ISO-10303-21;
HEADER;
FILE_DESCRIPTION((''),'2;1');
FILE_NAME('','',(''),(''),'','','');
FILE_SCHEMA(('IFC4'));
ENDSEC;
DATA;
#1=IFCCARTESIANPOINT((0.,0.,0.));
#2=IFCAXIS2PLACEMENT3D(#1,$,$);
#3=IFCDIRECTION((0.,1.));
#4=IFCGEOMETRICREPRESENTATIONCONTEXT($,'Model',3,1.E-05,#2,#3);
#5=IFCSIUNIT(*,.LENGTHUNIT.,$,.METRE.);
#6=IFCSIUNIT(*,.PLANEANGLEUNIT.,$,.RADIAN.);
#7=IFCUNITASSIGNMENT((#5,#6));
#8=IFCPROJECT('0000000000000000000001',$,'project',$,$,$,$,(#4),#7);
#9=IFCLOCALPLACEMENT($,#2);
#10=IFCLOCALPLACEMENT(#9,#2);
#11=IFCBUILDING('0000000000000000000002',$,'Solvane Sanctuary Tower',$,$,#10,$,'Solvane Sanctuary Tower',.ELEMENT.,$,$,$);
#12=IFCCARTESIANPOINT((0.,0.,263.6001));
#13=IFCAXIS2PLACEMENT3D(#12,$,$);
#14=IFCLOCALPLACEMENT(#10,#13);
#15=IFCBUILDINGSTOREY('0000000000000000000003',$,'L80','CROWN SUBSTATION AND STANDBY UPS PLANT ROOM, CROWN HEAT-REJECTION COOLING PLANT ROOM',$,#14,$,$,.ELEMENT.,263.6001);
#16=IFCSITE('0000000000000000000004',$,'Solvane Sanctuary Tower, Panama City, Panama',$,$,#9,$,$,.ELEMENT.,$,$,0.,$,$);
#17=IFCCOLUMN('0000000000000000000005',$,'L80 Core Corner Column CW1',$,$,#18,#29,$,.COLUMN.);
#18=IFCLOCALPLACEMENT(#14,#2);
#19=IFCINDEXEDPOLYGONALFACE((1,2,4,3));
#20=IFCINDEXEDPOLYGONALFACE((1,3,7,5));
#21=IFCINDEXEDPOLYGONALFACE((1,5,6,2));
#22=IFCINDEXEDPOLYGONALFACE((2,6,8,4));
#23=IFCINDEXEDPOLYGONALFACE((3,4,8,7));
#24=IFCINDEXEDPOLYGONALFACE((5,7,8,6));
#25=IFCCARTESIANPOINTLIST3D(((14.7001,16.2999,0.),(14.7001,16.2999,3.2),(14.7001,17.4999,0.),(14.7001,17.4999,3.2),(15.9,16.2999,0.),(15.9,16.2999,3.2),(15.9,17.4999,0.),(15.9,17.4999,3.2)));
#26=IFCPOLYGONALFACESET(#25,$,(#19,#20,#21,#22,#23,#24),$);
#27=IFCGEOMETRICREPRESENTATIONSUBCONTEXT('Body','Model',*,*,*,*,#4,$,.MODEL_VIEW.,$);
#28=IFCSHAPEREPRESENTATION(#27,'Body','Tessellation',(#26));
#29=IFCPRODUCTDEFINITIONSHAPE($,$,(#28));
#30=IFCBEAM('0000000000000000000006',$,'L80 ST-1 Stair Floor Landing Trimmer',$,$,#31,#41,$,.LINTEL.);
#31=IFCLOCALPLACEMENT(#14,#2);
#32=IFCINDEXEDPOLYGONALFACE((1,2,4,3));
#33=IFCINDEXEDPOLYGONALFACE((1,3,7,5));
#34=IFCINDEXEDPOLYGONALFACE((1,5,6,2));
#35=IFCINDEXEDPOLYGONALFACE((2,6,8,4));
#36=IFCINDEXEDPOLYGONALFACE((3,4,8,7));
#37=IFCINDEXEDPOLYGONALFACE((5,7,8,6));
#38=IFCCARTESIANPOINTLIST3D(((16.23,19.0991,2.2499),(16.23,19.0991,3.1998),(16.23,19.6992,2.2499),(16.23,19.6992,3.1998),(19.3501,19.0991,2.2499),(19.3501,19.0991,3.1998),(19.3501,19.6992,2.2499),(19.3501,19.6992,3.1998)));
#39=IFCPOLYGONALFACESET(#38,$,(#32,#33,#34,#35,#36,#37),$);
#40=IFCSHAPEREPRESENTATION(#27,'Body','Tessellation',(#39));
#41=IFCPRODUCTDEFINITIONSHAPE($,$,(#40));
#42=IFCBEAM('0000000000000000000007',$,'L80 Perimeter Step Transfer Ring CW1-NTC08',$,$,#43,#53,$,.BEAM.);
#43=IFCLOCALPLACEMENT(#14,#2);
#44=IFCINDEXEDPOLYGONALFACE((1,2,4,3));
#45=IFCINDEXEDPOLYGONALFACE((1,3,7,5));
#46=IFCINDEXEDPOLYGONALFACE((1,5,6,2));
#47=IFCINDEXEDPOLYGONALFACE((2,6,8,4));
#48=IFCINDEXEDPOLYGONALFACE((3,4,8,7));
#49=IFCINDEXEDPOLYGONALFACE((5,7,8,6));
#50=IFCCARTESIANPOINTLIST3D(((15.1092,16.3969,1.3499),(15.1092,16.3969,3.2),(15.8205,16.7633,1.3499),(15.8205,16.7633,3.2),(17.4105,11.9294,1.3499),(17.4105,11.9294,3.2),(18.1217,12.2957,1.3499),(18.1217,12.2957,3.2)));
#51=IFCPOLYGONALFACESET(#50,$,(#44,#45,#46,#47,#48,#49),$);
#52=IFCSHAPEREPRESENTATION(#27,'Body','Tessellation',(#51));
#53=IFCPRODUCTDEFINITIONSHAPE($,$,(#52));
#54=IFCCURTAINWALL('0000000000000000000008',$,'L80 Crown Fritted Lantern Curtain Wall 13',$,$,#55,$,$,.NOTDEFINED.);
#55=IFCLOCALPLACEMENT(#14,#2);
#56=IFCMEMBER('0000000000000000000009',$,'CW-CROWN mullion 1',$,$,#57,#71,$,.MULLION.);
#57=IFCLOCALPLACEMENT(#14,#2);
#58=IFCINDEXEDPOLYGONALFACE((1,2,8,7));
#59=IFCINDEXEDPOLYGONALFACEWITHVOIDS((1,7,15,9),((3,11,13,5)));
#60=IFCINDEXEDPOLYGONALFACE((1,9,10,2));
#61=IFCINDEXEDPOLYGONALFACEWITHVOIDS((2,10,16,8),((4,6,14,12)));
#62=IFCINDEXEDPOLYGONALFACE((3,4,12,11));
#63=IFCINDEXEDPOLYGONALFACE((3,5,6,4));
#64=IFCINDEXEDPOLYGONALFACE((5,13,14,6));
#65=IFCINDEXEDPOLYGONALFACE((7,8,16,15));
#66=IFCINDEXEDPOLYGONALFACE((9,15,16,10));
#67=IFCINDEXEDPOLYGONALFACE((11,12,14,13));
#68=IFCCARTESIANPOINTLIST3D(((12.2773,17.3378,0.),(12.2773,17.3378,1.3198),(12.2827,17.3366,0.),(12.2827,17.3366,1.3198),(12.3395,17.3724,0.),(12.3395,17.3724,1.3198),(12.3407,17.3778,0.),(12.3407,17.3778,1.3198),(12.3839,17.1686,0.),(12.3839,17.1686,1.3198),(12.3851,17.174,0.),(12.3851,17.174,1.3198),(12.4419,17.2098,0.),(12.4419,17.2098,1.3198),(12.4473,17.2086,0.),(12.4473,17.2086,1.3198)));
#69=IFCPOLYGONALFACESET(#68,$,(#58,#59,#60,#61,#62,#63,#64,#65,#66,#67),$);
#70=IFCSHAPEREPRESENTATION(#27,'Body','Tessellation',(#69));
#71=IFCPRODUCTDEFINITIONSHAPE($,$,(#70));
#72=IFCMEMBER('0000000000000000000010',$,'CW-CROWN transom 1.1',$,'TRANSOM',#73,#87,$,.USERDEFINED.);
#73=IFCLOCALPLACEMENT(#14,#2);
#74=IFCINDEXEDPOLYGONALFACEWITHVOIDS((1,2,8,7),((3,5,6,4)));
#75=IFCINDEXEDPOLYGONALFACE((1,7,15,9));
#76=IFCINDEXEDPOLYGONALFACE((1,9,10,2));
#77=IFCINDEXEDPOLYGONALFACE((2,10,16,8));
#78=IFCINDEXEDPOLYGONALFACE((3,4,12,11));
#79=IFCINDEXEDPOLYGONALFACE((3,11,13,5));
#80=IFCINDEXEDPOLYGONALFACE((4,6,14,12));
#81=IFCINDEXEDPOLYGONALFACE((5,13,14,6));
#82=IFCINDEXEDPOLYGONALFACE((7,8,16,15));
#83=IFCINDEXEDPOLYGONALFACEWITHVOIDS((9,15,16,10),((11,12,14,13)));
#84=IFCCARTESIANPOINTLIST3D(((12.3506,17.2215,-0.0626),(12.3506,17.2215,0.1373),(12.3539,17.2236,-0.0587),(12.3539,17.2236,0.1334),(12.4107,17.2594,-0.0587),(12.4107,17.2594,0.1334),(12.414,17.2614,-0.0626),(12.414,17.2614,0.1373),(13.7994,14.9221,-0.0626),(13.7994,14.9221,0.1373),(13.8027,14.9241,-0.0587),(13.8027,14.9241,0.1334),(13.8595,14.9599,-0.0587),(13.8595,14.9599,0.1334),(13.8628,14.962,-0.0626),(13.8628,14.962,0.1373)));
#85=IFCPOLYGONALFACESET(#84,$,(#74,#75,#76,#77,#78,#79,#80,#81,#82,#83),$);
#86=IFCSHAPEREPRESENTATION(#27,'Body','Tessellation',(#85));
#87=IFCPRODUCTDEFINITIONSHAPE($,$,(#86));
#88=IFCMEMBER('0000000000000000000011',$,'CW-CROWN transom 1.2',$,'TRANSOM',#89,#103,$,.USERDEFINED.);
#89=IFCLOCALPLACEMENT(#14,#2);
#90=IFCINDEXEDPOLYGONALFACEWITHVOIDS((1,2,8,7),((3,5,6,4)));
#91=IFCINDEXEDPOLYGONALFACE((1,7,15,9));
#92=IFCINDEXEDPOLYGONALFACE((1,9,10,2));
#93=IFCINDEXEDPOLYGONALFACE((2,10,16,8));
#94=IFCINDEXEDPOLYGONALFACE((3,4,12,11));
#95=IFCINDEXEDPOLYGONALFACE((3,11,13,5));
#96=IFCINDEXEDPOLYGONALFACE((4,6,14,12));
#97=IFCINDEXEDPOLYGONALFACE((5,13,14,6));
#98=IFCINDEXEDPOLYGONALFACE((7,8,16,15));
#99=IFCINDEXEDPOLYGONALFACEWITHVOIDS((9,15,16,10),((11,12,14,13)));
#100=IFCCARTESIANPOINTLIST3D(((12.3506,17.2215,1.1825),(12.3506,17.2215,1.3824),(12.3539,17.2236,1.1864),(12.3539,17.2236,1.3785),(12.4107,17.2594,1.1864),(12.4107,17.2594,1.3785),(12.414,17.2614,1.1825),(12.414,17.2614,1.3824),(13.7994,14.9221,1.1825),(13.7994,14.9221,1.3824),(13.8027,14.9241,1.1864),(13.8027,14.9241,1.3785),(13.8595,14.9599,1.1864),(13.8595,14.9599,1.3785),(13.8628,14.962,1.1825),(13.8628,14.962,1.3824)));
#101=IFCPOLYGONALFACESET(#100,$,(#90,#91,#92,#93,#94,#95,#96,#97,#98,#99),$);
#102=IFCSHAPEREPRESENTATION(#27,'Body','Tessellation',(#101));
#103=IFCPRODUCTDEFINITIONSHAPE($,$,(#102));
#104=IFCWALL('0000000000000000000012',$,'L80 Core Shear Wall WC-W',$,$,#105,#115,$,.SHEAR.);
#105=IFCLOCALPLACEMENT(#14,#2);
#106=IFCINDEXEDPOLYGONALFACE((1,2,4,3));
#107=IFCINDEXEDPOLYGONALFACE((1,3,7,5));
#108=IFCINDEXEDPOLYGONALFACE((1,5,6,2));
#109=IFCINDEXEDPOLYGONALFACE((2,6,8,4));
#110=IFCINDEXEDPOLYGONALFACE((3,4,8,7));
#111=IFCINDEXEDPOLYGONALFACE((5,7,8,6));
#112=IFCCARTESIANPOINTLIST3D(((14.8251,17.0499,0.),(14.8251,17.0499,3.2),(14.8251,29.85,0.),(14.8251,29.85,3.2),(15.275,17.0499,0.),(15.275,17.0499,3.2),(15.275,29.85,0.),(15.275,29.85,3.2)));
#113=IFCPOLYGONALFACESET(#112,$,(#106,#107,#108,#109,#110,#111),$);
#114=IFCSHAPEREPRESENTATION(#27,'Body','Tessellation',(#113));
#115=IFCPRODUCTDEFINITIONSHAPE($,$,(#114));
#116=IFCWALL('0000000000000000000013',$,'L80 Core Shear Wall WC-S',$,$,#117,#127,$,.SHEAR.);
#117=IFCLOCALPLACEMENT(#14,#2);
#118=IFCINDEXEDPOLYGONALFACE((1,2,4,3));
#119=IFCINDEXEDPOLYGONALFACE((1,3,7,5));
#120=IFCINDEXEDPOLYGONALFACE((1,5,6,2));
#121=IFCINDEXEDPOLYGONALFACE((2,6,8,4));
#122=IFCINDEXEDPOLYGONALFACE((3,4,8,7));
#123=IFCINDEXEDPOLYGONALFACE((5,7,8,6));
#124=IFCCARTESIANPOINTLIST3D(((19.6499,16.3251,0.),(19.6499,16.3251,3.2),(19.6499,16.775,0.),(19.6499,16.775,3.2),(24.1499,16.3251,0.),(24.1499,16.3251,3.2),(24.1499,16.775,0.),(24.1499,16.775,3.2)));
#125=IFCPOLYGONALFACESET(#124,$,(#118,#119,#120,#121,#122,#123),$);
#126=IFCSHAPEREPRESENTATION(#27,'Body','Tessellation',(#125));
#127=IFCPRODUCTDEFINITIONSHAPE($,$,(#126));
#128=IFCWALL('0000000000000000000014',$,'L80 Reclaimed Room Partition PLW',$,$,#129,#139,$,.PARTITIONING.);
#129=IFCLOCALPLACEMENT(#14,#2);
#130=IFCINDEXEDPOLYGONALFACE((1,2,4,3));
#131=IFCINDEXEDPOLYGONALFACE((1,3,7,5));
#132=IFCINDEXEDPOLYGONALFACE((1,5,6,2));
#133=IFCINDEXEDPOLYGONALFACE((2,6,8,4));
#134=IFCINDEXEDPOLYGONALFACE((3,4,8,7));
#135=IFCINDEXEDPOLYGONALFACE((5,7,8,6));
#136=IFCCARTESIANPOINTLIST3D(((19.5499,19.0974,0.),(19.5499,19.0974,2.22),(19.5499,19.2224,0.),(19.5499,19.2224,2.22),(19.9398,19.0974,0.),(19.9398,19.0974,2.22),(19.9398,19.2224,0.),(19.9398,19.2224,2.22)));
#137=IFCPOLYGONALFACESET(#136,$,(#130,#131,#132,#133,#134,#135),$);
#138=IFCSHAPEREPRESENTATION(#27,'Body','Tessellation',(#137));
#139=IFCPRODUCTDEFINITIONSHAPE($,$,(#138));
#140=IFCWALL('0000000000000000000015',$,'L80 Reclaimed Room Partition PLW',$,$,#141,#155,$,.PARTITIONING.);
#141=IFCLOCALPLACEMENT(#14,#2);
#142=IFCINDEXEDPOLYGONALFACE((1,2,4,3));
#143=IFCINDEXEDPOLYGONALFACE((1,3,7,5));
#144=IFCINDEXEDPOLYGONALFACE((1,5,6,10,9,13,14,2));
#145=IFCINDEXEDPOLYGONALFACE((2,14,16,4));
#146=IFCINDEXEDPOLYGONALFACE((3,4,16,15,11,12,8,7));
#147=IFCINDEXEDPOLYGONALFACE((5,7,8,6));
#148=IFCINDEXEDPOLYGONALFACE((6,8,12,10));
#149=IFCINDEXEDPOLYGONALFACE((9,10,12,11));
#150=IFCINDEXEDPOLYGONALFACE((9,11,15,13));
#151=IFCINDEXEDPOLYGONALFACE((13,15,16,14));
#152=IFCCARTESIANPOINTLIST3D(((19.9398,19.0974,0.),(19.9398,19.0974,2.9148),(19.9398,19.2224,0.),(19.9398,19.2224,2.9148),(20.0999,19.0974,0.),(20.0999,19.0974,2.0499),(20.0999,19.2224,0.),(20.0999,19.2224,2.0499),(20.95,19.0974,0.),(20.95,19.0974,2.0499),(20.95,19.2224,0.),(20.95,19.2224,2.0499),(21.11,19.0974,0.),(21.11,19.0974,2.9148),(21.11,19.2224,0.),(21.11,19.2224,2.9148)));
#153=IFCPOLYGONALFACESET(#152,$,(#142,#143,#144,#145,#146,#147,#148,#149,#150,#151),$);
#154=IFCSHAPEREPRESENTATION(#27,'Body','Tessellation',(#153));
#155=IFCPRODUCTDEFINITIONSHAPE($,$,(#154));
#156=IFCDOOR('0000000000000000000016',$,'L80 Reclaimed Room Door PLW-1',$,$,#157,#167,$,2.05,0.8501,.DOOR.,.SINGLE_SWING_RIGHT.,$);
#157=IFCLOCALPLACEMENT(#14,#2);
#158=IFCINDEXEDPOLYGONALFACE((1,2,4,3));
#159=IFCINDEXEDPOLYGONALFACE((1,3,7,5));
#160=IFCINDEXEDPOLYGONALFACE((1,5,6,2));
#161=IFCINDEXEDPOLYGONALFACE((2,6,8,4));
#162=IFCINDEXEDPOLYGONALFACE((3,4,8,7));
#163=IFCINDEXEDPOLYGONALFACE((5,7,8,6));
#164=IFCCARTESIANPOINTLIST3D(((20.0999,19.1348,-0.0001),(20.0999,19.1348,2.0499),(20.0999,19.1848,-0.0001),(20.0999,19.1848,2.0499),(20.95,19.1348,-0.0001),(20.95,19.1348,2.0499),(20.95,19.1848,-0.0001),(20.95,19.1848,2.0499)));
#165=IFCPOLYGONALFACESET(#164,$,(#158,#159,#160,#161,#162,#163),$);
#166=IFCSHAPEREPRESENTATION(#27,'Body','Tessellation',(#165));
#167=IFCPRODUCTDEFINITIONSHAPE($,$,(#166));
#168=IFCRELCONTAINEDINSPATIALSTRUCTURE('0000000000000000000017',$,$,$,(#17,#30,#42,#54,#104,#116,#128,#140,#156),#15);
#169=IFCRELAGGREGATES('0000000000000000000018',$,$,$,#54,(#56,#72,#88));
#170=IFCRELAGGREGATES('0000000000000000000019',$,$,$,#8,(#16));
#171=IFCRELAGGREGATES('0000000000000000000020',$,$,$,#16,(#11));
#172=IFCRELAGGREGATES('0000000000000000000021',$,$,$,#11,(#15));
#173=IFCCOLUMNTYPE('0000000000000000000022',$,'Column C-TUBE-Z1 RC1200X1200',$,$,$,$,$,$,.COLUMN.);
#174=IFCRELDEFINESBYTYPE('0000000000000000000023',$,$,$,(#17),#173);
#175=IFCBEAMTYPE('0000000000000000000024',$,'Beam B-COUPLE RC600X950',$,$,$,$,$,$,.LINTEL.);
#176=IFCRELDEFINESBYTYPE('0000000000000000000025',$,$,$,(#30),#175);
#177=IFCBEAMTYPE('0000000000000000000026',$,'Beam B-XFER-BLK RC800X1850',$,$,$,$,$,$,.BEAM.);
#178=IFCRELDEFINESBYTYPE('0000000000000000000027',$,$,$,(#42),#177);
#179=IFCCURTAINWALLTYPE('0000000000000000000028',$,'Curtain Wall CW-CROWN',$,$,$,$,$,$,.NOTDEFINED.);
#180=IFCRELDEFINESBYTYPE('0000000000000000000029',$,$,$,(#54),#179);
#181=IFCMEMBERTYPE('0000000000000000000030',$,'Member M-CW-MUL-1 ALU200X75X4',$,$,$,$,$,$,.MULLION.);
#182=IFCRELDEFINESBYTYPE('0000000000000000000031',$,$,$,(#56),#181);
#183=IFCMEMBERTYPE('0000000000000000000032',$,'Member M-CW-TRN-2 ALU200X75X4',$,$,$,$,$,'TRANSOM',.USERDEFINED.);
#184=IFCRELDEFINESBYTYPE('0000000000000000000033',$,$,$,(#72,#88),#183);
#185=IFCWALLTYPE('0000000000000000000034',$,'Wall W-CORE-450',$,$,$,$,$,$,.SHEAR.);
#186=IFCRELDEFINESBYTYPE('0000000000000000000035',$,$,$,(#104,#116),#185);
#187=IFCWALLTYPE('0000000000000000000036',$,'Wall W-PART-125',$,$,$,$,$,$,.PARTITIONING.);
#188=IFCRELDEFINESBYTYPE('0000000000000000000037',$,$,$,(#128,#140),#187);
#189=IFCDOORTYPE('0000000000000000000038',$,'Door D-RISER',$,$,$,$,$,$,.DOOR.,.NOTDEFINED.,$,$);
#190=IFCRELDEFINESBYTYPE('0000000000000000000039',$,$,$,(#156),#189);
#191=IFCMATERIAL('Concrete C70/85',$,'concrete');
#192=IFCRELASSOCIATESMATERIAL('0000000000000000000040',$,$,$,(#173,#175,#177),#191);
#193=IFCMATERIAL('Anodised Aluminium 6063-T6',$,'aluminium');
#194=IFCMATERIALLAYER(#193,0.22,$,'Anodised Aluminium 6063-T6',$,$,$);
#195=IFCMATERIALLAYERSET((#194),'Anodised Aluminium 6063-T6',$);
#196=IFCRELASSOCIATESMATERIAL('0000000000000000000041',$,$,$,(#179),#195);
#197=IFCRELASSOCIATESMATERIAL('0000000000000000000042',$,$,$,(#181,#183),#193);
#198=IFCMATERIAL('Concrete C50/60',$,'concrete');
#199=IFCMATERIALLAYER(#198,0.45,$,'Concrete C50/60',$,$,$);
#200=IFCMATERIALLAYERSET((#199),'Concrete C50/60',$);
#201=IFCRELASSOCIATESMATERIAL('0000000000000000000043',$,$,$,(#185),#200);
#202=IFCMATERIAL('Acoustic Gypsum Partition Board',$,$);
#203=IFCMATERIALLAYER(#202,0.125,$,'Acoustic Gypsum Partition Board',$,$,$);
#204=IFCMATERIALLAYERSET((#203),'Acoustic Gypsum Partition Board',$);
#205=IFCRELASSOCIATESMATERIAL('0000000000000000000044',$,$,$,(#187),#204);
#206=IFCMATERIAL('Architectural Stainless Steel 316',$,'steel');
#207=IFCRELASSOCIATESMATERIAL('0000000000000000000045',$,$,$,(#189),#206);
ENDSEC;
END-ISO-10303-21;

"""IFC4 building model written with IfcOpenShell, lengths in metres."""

from ifc_helpers import new_model, si_unit, direction, frame, frame_2d, origin, origin_2d, place, context, subcontext, project, spatial, rectangle, hollow_rectangle, extrude, material, layer, layer_set, material_profile, profile_set, type_object, element, fill, aggregate, save


model = new_model("IFC4")

# Units and contexts
model_context = context("Model", 3, precision=1e-05, world=origin(), true_north=direction((0.0, 1.0)))
body_context = subcontext(model_context, "Body", "Model", "MODEL_VIEW")
ifc_project = project(units=[si_unit("LENGTHUNIT", "METRE"), si_unit("PLANEANGLEUNIT", "RADIAN")], contexts=[model_context])

# Site, building, storey
site_placement = place(None, origin())
site = spatial("IfcSite", under=ifc_project, at=site_placement, Name="Solvane Sanctuary Tower, Panama City, Panama", CompositionType="ELEMENT", RefElevation=0.0)
building_placement = place(site_placement, origin())
building = spatial("IfcBuilding", under=site, at=building_placement, Name="Solvane Sanctuary Tower", LongName="Solvane Sanctuary Tower", CompositionType="ELEMENT")
storey_placement = place(building_placement, frame((0.0, 0.0, 263.6001)))
storey = spatial("IfcBuildingStorey", under=building, at=storey_placement, Name="L80", Description="CROWN SUBSTATION AND STANDBY UPS PLANT ROOM, CROWN HEAT-REJECTION COOLING PLANT ROOM", CompositionType="ELEMENT", Elevation=263.6001)

# Column
ifc_material_1 = material(Name="Concrete C70/85", Category="concrete")
ifc_material_profile_1 = material_profile(ifc_material_1, rectangle(XDim=1.2, YDim=1.2, at=origin_2d()), Name="RC1200X1200")
ifc_profile_set_1 = profile_set([ifc_material_profile_1], Name="Concrete C70/85")
column_type = type_object("IfcColumnType", Name="Column C-TUBE-Z1 RC1200X1200", PredefinedType="COLUMN", material=ifc_profile_set_1)
column_placement = place(storey_placement, frame((15.3, 16.8999, 0.0), z_axis=(0.0, 0.0, 1.0), x_axis=(1.0, 0.0, 0.0)))
element("IfcColumn", 1, at=column_placement, inside=storey, type_object=column_type, Name="L80 Core Corner Column CW1", PredefinedType="COLUMN", context=body_context, shape_type="SweptSolid", body=[
    extrude(rectangle(XDim=1.2, YDim=1.2, at=origin_2d()), origin(), (0.0, 0.0, 1.0), 3.2),
])

# Beams
ifc_material_profile_2 = material_profile(ifc_material_1, rectangle(XDim=0.6001, YDim=0.95, at=origin_2d()), Name="RC600X950")
ifc_profile_set_2 = profile_set([ifc_material_profile_2], Name="Concrete C70/85")
beam_type_1 = type_object("IfcBeamType", Name="Beam B-COUPLE RC600X950", PredefinedType="LINTEL", material=ifc_profile_set_2)
beam_1_placement = place(storey_placement, frame((16.23, 19.3992, 2.7249), z_axis=(1.0, 0.0, 0.0), x_axis=(0.0, 1.0, 0.0)))
element("IfcBeam", 2, at=beam_1_placement, inside=storey, type_object=beam_type_1, Name="L80 ST-1 Stair Floor Landing Trimmer", PredefinedType="LINTEL", context=body_context, shape_type="SweptSolid", body=[
    extrude(rectangle(XDim=0.6001, YDim=0.95, at=origin_2d()), origin(), (0.0, 0.0, 1.0), 3.1201),
])
ifc_material_profile_3 = material_profile(ifc_material_1, rectangle(XDim=0.8, YDim=1.8501, at=origin_2d()), Name="RC800X1850")
ifc_profile_set_3 = profile_set([ifc_material_profile_3], Name="Concrete C70/85")
beam_type_2 = type_object("IfcBeamType", Name="Beam B-XFER-BLK RC800X1850", PredefinedType="BEAM", material=ifc_profile_set_3)
beam_2_placement = place(storey_placement, frame((15.4648, 16.5801, 2.2749), z_axis=(0.457928, -0.88899, 0.0), x_axis=(0.88899, 0.457928, 0.0)))
element("IfcBeam", 3, at=beam_2_placement, inside=storey, type_object=beam_type_2, Name="L80 Perimeter Step Transfer Ring CW1-NTC08", PredefinedType="BEAM", context=body_context, shape_type="SweptSolid", body=[
    extrude(rectangle(XDim=0.8, YDim=1.8501, at=origin_2d()), origin(), (0.0, 0.0, 1.0), 5.0254),
])

# Curtain wall, members
ifc_material_2 = material(Name="Anodised Aluminium 6063-T6", Category="aluminium")
ifc_layer_1 = layer(ifc_material_2, 0.22, Name="Anodised Aluminium 6063-T6")
ifc_layer_set_1 = layer_set([ifc_layer_1], Name="Anodised Aluminium 6063-T6")
curtain_wall_type = type_object("IfcCurtainWallType", Name="Curtain Wall CW-CROWN", PredefinedType="NOTDEFINED", material=ifc_layer_set_1)
curtain_wall_placement = place(storey_placement, origin())
curtain_wall = element("IfcCurtainWall", 4, at=curtain_wall_placement, inside=storey, type_object=curtain_wall_type, Name="L80 Crown Fritted Lantern Curtain Wall 13", PredefinedType="NOTDEFINED")
ifc_material_profile_4 = material_profile(ifc_material_2, hollow_rectangle(XDim=0.075, YDim=0.2, WallThickness=0.0039, at=origin_2d()), Name="ALU200X75X4")
ifc_profile_set_4 = profile_set([ifc_material_profile_4], Name="Anodised Aluminium 6063-T6")
member_type_1 = type_object("IfcMemberType", Name="Member M-CW-MUL-1 ALU200X75X4", PredefinedType="MULLION", material=ifc_profile_set_4)
member_1_placement = place(storey_placement, frame((12.3623, 17.2732, 0.0), z_axis=(0.0, 0.0, 1.0), x_axis=(0.846087, 0.533045, 0.0)))
member_1 = element("IfcMember", 5, at=member_1_placement, type_object=member_type_1, Name="CW-CROWN mullion 1", PredefinedType="MULLION", context=body_context, shape_type="SweptSolid", body=[
    extrude(hollow_rectangle(XDim=0.075, YDim=0.2, WallThickness=0.0039, at=origin_2d()), origin(), (0.0, 0.0, 1.0), 1.3198),
])
ifc_material_profile_5 = material_profile(ifc_material_2, hollow_rectangle(XDim=0.075, YDim=0.2, WallThickness=0.0039, at=origin_2d()), Name="ALU200X75X4")
ifc_profile_set_5 = profile_set([ifc_material_profile_5], Name="Anodised Aluminium 6063-T6")
member_type_2 = type_object("IfcMemberType", Name="Member M-CW-TRN-2 ALU200X75X4", ElementType="TRANSOM", PredefinedType="USERDEFINED", material=ifc_profile_set_5)
member_2_placement = place(storey_placement, frame((12.3823, 17.2415, 0.0374), z_axis=(0.53308, -0.846065, 0.0), x_axis=(0.846065, 0.53308, 0.0)))
member_2 = element("IfcMember", 6, at=member_2_placement, type_object=member_type_2, Name="CW-CROWN transom 1.1", ObjectType="TRANSOM", PredefinedType="USERDEFINED", context=body_context, shape_type="SweptSolid", body=[
    extrude(hollow_rectangle(XDim=0.075, YDim=0.2, WallThickness=0.0039, at=origin_2d()), origin(), (0.0, 0.0, 1.0), 2.7178),
])
member_3_placement = place(storey_placement, frame((12.3823, 17.2415, 1.2825), z_axis=(0.53308, -0.846065, 0.0), x_axis=(0.846065, 0.53308, 0.0)))
member_3 = element("IfcMember", 7, at=member_3_placement, type_object=member_type_2, Name="CW-CROWN transom 1.2", ObjectType="TRANSOM", PredefinedType="USERDEFINED", context=body_context, shape_type="SweptSolid", body=[
    extrude(hollow_rectangle(XDim=0.075, YDim=0.2, WallThickness=0.0039, at=origin_2d()), origin(), (0.0, 0.0, 1.0), 2.7178),
])
aggregate(curtain_wall, [member_1, member_2, member_3])

# Walls
ifc_material_3 = material(Name="Concrete C50/60", Category="concrete")
ifc_layer_2 = layer(ifc_material_3, 0.45, Name="Concrete C50/60")
ifc_layer_set_2 = layer_set([ifc_layer_2], Name="Concrete C50/60")
wall_type_1 = type_object("IfcWallType", Name="Wall W-CORE-450", PredefinedType="SHEAR", material=ifc_layer_set_2)
wall_1_placement = place(storey_placement, frame((15.05, 17.05, 0.0), z_axis=(0.0, 0.0, 1.0), x_axis=(0.0, 1.0, 0.0)))
element("IfcWall", 8, at=wall_1_placement, inside=storey, type_object=wall_type_1, Name="L80 Core Shear Wall WC-W", PredefinedType="SHEAR", context=body_context, shape_type="SweptSolid", body=[
    extrude(rectangle(XDim=12.8, YDim=0.45, at=frame_2d((6.3999, 0.0))), origin(), (0.0, 0.0, 1.0), 3.2),
])
wall_2_placement = place(storey_placement, frame((19.6499, 16.55, 0.0), z_axis=(0.0, 0.0, 1.0), x_axis=(1.0, 0.0, 0.0)))
element("IfcWall", 9, at=wall_2_placement, inside=storey, type_object=wall_type_1, Name="L80 Core Shear Wall WC-S", PredefinedType="SHEAR", context=body_context, shape_type="SweptSolid", body=[
    extrude(rectangle(XDim=4.5, YDim=0.45, at=frame_2d((2.25, 0.0))), origin(), (0.0, 0.0, 1.0), 3.2),
])
ifc_material_4 = material(Name="Acoustic Gypsum Partition Board")
ifc_layer_3 = layer(ifc_material_4, 0.125, Name="Acoustic Gypsum Partition Board")
ifc_layer_set_3 = layer_set([ifc_layer_3], Name="Acoustic Gypsum Partition Board")
wall_type_2 = type_object("IfcWallType", Name="Wall W-PART-125", PredefinedType="PARTITIONING", material=ifc_layer_set_3)
wall_3_placement = place(storey_placement, frame((19.55, 19.1599, 0.0), z_axis=(0.0, 0.0, 1.0), x_axis=(1.0, 0.0, 0.0)))
element("IfcWall", 10, at=wall_3_placement, inside=storey, type_object=wall_type_2, Name="L80 Reclaimed Room Partition PLW", PredefinedType="PARTITIONING", context=body_context, shape_type="SweptSolid", body=[
    extrude(rectangle(XDim=0.3899, YDim=0.125, at=frame_2d((0.1948, 0.0))), origin(), (0.0, 0.0, 1.0), 2.22),
])

# Wall, opening, door
wall_4_placement = place(storey_placement, frame((19.9399, 19.1599, 0.0), z_axis=(0.0, 0.0, 1.0), x_axis=(1.0, 0.0, 0.0)))
wall_4 = element("IfcWall", 11, at=wall_4_placement, inside=storey, type_object=wall_type_2, Name="L80 Reclaimed Room Partition PLW", PredefinedType="PARTITIONING", context=body_context, shape_type="SweptSolid", body=[
    extrude(rectangle(XDim=1.1702, YDim=0.125, at=frame_2d((0.585, 0.0))), origin(), (0.0, 0.0, 1.0), 2.9148),
])
opening_1_placement = place(wall_4_placement, frame((0.1599, 0.0, 0.0)))
opening_1 = element("IfcOpeningElement", 12, at=opening_1_placement, cuts=wall_4, PredefinedType="OPENING", context=body_context, shape_type="SweptSolid", body=[
    extrude(rectangle(XDim=0.8501, YDim=2.05, at=frame_2d((0.425, 1.0249))), frame((0.0, 0.0725, 0.0), z_axis=(0.0, -1.0, 0.0), x_axis=(1.0, 0.0, 0.0)), (0.0, 0.0, 1.0), 0.145),
])
ifc_material_5 = material(Name="Architectural Stainless Steel 316", Category="steel")
door_type_1 = type_object("IfcDoorType", Name="Door D-RISER", OperationType="NOTDEFINED", PredefinedType="DOOR", material=ifc_material_5)
door_1_placement = place(opening_1_placement, origin())
door_1 = element("IfcDoor", 13, at=door_1_placement, inside=storey, type_object=door_type_1, Name="L80 Reclaimed Room Door PLW-1", OperationType="SINGLE_SWING_RIGHT", OverallHeight=2.05, OverallWidth=0.8501, PredefinedType="DOOR", context=body_context, shape_type="SweptSolid", body=[
    extrude(rectangle(XDim=0.8501, YDim=2.05, at=frame_2d((0.425, 1.0249))), frame((0.0, 0.0249, 0.0), z_axis=(0.0, -1.0, 0.0), x_axis=(1.0, 0.0, 0.0)), (0.0, 0.0, 1.0), 0.05),
])
fill(opening_1, door_1)

save(model, "model.ifc")
